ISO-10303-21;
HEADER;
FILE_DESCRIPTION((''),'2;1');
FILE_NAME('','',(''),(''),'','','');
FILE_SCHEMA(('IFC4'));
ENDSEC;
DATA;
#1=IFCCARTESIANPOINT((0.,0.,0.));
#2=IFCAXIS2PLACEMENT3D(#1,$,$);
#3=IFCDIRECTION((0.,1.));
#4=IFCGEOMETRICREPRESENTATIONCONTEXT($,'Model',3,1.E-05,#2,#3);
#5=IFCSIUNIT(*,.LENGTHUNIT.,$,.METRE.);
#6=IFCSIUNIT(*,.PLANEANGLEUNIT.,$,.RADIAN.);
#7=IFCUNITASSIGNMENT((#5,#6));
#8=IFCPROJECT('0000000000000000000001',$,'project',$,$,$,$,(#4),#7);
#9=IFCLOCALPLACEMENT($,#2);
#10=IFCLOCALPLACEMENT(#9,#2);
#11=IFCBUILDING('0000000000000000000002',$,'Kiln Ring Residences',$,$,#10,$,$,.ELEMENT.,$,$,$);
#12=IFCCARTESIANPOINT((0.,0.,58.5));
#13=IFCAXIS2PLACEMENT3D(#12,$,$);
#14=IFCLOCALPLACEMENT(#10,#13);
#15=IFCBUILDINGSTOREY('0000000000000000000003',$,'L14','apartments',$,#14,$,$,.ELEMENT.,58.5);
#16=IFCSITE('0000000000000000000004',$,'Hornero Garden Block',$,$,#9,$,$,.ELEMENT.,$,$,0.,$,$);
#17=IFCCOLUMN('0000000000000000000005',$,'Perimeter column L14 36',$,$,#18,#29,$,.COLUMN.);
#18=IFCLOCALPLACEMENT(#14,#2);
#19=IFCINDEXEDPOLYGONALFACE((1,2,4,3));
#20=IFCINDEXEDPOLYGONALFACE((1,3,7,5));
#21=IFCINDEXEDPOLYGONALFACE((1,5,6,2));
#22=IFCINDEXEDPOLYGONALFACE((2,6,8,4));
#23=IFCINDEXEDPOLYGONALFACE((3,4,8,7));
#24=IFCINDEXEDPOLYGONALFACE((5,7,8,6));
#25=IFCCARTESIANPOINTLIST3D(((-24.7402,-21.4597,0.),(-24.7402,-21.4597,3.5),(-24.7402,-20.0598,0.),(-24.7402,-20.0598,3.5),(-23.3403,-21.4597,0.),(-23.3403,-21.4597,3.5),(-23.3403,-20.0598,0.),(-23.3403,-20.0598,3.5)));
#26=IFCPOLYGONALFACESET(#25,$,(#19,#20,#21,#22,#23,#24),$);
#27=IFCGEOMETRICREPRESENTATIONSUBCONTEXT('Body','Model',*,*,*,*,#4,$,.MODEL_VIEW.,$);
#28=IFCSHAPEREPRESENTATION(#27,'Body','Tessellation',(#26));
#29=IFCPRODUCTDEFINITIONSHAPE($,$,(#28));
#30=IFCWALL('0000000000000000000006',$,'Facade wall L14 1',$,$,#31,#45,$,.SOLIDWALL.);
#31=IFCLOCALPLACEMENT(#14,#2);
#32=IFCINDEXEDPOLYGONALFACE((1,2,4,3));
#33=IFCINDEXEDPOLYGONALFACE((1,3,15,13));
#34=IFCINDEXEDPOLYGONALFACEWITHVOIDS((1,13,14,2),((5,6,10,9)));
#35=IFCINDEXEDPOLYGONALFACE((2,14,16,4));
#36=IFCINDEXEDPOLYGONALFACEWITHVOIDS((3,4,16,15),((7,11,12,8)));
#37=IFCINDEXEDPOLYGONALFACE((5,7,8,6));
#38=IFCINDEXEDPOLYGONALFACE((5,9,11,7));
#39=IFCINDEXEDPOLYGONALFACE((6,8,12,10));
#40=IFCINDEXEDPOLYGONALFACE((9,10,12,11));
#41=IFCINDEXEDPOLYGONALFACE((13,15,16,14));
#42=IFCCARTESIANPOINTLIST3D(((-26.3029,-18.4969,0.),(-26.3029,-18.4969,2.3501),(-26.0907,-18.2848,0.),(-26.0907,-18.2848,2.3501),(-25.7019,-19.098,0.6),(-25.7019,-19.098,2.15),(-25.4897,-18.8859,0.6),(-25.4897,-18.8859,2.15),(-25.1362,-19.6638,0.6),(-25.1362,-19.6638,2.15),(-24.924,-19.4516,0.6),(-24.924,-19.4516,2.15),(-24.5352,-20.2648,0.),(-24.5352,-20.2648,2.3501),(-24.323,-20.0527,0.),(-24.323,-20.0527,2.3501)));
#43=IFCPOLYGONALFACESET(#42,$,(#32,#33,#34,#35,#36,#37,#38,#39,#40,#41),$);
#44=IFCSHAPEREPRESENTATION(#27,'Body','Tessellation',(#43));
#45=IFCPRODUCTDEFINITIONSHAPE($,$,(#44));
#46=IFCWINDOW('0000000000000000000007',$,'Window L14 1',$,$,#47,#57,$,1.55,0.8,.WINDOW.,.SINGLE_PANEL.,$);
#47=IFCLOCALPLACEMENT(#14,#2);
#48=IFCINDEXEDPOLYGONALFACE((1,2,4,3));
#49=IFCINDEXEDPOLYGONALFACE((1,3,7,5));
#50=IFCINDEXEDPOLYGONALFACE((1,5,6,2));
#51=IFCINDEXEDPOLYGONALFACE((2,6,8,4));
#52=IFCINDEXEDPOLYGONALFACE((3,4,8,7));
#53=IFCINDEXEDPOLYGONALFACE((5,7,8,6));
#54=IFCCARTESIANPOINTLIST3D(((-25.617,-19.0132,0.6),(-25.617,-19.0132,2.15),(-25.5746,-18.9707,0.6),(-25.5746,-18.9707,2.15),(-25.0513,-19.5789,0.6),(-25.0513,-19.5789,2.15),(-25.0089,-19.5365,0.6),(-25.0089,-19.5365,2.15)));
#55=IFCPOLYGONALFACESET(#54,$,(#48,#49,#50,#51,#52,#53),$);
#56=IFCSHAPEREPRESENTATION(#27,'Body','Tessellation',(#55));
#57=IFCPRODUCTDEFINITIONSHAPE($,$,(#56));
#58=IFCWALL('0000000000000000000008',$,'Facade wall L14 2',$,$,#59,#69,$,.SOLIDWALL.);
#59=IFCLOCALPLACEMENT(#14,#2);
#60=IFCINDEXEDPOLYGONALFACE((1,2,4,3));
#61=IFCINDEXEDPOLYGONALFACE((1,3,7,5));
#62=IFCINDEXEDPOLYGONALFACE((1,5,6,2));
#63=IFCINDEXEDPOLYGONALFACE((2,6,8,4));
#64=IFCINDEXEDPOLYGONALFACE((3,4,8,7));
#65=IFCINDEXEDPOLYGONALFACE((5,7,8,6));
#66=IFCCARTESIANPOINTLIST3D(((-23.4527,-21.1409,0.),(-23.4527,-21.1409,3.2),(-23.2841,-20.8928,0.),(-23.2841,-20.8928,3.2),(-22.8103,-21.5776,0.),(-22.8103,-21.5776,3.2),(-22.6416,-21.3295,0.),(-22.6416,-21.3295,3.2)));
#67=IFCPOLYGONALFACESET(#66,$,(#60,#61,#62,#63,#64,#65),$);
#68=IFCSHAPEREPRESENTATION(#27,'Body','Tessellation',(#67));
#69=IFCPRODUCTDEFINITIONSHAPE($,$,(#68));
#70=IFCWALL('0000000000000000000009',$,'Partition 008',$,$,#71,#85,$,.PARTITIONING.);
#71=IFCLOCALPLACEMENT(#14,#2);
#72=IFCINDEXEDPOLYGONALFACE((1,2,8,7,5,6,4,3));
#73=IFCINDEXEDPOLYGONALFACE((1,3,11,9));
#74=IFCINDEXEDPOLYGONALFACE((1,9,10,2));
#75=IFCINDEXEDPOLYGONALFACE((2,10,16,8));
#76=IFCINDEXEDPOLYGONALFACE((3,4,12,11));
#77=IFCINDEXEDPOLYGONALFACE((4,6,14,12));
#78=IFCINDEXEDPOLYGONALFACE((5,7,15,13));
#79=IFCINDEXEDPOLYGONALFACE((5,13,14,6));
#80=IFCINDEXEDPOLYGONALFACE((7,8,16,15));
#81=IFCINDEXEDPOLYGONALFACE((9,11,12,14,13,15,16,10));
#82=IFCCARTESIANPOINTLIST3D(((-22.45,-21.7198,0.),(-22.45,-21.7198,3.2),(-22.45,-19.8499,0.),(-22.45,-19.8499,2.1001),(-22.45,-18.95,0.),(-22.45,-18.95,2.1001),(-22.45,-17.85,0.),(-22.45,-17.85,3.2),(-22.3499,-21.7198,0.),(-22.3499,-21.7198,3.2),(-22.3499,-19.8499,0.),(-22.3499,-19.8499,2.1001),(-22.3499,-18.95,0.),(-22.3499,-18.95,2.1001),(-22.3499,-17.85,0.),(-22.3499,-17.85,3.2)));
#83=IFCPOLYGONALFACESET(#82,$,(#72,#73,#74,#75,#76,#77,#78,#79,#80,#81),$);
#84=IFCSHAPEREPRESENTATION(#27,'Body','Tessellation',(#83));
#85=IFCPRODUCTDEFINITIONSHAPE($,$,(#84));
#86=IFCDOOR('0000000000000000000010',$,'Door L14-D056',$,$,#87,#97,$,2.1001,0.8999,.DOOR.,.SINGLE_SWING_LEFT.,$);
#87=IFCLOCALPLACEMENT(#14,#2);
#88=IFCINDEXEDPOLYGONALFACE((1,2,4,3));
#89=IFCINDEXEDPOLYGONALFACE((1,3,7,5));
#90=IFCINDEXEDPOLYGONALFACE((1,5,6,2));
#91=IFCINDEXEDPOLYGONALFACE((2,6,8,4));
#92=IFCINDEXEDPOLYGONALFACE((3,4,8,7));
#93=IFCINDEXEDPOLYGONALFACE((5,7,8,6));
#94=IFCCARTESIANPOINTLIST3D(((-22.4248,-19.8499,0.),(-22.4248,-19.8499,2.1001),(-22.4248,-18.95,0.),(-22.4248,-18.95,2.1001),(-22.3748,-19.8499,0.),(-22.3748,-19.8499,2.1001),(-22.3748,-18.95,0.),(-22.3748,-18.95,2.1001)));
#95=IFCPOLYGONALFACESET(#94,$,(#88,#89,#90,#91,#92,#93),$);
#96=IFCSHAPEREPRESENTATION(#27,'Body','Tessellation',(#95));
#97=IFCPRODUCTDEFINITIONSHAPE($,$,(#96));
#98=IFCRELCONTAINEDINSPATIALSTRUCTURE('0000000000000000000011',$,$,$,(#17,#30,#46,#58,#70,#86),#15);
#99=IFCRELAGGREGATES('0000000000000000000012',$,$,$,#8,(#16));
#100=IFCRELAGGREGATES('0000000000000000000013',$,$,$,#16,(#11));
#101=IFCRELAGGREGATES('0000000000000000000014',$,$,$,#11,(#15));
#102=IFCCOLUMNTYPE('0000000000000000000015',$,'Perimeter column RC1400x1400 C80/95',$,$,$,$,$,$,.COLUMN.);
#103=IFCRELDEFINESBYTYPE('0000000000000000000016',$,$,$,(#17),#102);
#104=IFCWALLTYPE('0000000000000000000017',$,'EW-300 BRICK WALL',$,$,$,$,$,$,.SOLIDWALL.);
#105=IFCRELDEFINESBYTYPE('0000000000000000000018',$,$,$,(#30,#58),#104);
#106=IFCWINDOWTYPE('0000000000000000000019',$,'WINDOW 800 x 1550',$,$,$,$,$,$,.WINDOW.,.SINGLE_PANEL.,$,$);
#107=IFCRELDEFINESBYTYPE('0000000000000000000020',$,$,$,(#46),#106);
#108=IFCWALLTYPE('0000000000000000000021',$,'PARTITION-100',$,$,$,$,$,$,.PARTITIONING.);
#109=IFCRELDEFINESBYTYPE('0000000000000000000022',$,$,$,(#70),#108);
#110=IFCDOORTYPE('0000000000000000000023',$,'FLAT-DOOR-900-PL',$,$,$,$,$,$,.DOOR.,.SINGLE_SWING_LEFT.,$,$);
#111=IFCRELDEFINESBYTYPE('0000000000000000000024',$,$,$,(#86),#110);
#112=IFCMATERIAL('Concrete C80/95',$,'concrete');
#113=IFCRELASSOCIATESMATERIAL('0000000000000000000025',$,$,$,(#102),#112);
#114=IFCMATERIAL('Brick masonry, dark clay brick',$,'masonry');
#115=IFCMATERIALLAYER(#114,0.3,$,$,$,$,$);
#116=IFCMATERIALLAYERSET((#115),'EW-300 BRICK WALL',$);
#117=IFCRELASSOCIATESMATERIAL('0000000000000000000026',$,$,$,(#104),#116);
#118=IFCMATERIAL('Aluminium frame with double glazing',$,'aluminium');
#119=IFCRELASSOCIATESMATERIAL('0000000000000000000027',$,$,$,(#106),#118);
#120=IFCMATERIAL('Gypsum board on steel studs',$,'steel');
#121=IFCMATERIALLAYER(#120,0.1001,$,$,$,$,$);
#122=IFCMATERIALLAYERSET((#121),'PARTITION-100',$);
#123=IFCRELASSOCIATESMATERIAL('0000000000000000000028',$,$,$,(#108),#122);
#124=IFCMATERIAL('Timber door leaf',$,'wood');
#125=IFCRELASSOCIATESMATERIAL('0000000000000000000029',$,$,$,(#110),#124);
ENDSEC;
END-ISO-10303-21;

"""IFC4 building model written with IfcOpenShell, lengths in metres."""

from ifc_helpers import new_model, si_unit, direction, frame, frame_2d, origin, origin_2d, place, context, subcontext, project, spatial, rectangle, extrude, material, layer, layer_set, material_profile, profile_set, type_object, element, fill, save


model = new_model("IFC4")

# Units and contexts
model_context = context("Model", 3, precision=1e-05, world=origin(), true_north=direction((0.0, 1.0)))
body_context = subcontext(model_context, "Body", "Model", "MODEL_VIEW")
ifc_project = project(units=[si_unit("LENGTHUNIT", "METRE"), si_unit("PLANEANGLEUNIT", "RADIAN")], contexts=[model_context])

# Site, building, storey
site_placement = place(None, origin())
site = spatial("IfcSite", under=ifc_project, at=site_placement, Name="Hornero Garden Block", CompositionType="ELEMENT", RefElevation=0.0)
building_placement = place(site_placement, origin())
building = spatial("IfcBuilding", under=site, at=building_placement, Name="Kiln Ring Residences", CompositionType="ELEMENT")
storey_placement = place(building_placement, frame((0.0, 0.0, 58.5)))
storey = spatial("IfcBuildingStorey", under=building, at=storey_placement, Name="L14", Description="apartments", CompositionType="ELEMENT", Elevation=58.5)

# Column
ifc_material_1 = material(Name="Concrete C80/95", Category="concrete")
ifc_material_profile = material_profile(ifc_material_1, rectangle(XDim=1.3999, YDim=1.3999, at=origin_2d()), Name="RC1400x1400")
ifc_profile_set = profile_set([ifc_material_profile], Name="Concrete C80/95")
column_type = type_object("IfcColumnType", Name="Perimeter column RC1400x1400 C80/95", PredefinedType="COLUMN", material=ifc_profile_set)
column_placement = place(storey_placement, frame((-24.0403, -20.7598, 0.0), z_axis=(0.0, 0.0, 1.0), x_axis=(1.0, 0.0, 0.0)))
element("IfcColumn", 1, at=column_placement, inside=storey, type_object=column_type, Name="Perimeter column L14 36", PredefinedType="COLUMN", context=body_context, shape_type="SweptSolid", body=[
    extrude(rectangle(XDim=1.3999, YDim=1.3999, at=origin_2d()), origin(), (0.0, 0.0, 1.0), 3.5),
])

# Wall, opening, window
ifc_material_2 = material(Name="Brick masonry, dark clay brick", Category="masonry")
ifc_layer_1 = layer(ifc_material_2, 0.3)
ifc_layer_set_1 = layer_set([ifc_layer_1], Name="EW-300 BRICK WALL")
wall_type_1 = type_object("IfcWallType", Name="EW-300 BRICK WALL", PredefinedType="SOLIDWALL", material=ifc_layer_set_1)
wall_1_placement = place(storey_placement, frame((-26.1968, -18.3909, 0.0), z_axis=(0.0, 0.0, 1.0), x_axis=(0.707058, -0.707156, 0.0)))
wall_1 = element("IfcWall", 2, at=wall_1_placement, inside=storey, type_object=wall_type_1, Name="Facade wall L14 1", PredefinedType="SOLIDWALL", context=body_context, shape_type="SweptSolid", body=[
    extrude(rectangle(XDim=2.5, YDim=0.3, at=frame_2d((1.25, 0.0))), origin(), (0.0, 0.0, 1.0), 2.3501),
])
opening_1_placement = place(wall_1_placement, frame((0.8501, 0.0, 0.6001)))
opening_1 = element("IfcOpeningElement", 3, at=opening_1_placement, cuts=wall_1, PredefinedType="OPENING", context=body_context, shape_type="SweptSolid", body=[
    extrude(rectangle(XDim=0.8, YDim=1.55, at=frame_2d((0.3999, 0.7749))), frame((0.0, 0.1599, 0.0), z_axis=(0.0, -1.0, 0.0), x_axis=(1.0, 0.0, 0.0)), (0.0, 0.0, 1.0), 0.3201),
])
ifc_material_3 = material(Name="Aluminium frame with double glazing", Category="aluminium")
window_type = type_object("IfcWindowType", Name="WINDOW 800 x 1550", PartitioningType="SINGLE_PANEL", PredefinedType="WINDOW", material=ifc_material_3)
window_placement = place(opening_1_placement, origin())
window = element("IfcWindow", 4, at=window_placement, inside=storey, type_object=window_type, Name="Window L14 1", OverallHeight=1.55, OverallWidth=0.8, PartitioningType="SINGLE_PANEL", PredefinedType="WINDOW", context=body_context, shape_type="SweptSolid", body=[
    extrude(rectangle(XDim=0.8, YDim=1.55, at=frame_2d((0.3999, 0.7749))), frame((0.0, 0.03, 0.0), z_axis=(0.0, -1.0, 0.0), x_axis=(1.0, 0.0, 0.0)), (0.0, 0.0, 1.0), 0.0601),
])
fill(opening_1, window)

# Wall
wall_2_placement = place(storey_placement, frame((-23.3684, -21.0168, 0.0), z_axis=(0.0, 0.0, 1.0), x_axis=(0.827038, -0.562147, 0.0)))
element("IfcWall", 5, at=wall_2_placement, inside=storey, type_object=wall_type_1, Name="Facade wall L14 2", PredefinedType="SOLIDWALL", context=body_context, shape_type="SweptSolid", body=[
    extrude(rectangle(XDim=0.7769, YDim=0.3, at=frame_2d((0.3884, 0.0))), origin(), (0.0, 0.0, 1.0), 3.2),
])

# Shared definitions
ifc_material_4 = material(Name="Gypsum board on steel studs", Category="steel")
ifc_layer_2 = layer(ifc_material_4, 0.1001)
ifc_layer_set_2 = layer_set([ifc_layer_2], Name="PARTITION-100")
wall_type_2 = type_object("IfcWallType", Name="PARTITION-100", PredefinedType="PARTITIONING", material=ifc_layer_set_2)
ifc_material_5 = material(Name="Timber door leaf", Category="wood")
door_type_1 = type_object("IfcDoorType", Name="FLAT-DOOR-900-PL", OperationType="SINGLE_SWING_LEFT", PredefinedType="DOOR", material=ifc_material_5)

# Wall, opening, door
wall_3_placement = place(storey_placement, frame((-22.3999, -21.72, 0.0), z_axis=(0.0, 0.0, 1.0), x_axis=(0.0, 1.0, 0.0)))
wall_3 = element("IfcWall", 6, at=wall_3_placement, inside=storey, type_object=wall_type_2, Name="Partition 008", PredefinedType="PARTITIONING", context=body_context, shape_type="SweptSolid", body=[
    extrude(rectangle(XDim=3.8699, YDim=0.1001, at=frame_2d((1.9351, 0.0))), origin(), (0.0, 0.0, 1.0), 3.2),
])
opening_2_placement = place(wall_3_placement, frame((1.8701, 0.0, 0.0)))
opening_2 = element("IfcOpeningElement", 7, at=opening_2_placement, cuts=wall_3, PredefinedType="OPENING", context=body_context, shape_type="SweptSolid", body=[
    extrude(rectangle(XDim=0.8999, YDim=2.1001, at=frame_2d((0.45, 1.05))), frame((0.0, 0.0601, 0.0), z_axis=(0.0, -1.0, 0.0), x_axis=(1.0, 0.0, 0.0)), (0.0, 0.0, 1.0), 0.1201),
])
door_1_placement = place(opening_2_placement, origin())
door_1 = element("IfcDoor", 8, at=door_1_placement, inside=storey, type_object=door_type_1, Name="Door L14-D056", OperationType="SINGLE_SWING_LEFT", OverallHeight=2.1001, OverallWidth=0.8999, PredefinedType="DOOR", context=body_context, shape_type="SweptSolid", body=[
    extrude(rectangle(XDim=0.8999, YDim=2.1001, at=frame_2d((0.45, 1.05))), frame((0.0, 0.0249, 0.0), z_axis=(0.0, -1.0, 0.0), x_axis=(1.0, 0.0, 0.0)), (0.0, 0.0, 1.0), 0.05),
])
fill(opening_2, door_1)

save(model, "model.ifc")
